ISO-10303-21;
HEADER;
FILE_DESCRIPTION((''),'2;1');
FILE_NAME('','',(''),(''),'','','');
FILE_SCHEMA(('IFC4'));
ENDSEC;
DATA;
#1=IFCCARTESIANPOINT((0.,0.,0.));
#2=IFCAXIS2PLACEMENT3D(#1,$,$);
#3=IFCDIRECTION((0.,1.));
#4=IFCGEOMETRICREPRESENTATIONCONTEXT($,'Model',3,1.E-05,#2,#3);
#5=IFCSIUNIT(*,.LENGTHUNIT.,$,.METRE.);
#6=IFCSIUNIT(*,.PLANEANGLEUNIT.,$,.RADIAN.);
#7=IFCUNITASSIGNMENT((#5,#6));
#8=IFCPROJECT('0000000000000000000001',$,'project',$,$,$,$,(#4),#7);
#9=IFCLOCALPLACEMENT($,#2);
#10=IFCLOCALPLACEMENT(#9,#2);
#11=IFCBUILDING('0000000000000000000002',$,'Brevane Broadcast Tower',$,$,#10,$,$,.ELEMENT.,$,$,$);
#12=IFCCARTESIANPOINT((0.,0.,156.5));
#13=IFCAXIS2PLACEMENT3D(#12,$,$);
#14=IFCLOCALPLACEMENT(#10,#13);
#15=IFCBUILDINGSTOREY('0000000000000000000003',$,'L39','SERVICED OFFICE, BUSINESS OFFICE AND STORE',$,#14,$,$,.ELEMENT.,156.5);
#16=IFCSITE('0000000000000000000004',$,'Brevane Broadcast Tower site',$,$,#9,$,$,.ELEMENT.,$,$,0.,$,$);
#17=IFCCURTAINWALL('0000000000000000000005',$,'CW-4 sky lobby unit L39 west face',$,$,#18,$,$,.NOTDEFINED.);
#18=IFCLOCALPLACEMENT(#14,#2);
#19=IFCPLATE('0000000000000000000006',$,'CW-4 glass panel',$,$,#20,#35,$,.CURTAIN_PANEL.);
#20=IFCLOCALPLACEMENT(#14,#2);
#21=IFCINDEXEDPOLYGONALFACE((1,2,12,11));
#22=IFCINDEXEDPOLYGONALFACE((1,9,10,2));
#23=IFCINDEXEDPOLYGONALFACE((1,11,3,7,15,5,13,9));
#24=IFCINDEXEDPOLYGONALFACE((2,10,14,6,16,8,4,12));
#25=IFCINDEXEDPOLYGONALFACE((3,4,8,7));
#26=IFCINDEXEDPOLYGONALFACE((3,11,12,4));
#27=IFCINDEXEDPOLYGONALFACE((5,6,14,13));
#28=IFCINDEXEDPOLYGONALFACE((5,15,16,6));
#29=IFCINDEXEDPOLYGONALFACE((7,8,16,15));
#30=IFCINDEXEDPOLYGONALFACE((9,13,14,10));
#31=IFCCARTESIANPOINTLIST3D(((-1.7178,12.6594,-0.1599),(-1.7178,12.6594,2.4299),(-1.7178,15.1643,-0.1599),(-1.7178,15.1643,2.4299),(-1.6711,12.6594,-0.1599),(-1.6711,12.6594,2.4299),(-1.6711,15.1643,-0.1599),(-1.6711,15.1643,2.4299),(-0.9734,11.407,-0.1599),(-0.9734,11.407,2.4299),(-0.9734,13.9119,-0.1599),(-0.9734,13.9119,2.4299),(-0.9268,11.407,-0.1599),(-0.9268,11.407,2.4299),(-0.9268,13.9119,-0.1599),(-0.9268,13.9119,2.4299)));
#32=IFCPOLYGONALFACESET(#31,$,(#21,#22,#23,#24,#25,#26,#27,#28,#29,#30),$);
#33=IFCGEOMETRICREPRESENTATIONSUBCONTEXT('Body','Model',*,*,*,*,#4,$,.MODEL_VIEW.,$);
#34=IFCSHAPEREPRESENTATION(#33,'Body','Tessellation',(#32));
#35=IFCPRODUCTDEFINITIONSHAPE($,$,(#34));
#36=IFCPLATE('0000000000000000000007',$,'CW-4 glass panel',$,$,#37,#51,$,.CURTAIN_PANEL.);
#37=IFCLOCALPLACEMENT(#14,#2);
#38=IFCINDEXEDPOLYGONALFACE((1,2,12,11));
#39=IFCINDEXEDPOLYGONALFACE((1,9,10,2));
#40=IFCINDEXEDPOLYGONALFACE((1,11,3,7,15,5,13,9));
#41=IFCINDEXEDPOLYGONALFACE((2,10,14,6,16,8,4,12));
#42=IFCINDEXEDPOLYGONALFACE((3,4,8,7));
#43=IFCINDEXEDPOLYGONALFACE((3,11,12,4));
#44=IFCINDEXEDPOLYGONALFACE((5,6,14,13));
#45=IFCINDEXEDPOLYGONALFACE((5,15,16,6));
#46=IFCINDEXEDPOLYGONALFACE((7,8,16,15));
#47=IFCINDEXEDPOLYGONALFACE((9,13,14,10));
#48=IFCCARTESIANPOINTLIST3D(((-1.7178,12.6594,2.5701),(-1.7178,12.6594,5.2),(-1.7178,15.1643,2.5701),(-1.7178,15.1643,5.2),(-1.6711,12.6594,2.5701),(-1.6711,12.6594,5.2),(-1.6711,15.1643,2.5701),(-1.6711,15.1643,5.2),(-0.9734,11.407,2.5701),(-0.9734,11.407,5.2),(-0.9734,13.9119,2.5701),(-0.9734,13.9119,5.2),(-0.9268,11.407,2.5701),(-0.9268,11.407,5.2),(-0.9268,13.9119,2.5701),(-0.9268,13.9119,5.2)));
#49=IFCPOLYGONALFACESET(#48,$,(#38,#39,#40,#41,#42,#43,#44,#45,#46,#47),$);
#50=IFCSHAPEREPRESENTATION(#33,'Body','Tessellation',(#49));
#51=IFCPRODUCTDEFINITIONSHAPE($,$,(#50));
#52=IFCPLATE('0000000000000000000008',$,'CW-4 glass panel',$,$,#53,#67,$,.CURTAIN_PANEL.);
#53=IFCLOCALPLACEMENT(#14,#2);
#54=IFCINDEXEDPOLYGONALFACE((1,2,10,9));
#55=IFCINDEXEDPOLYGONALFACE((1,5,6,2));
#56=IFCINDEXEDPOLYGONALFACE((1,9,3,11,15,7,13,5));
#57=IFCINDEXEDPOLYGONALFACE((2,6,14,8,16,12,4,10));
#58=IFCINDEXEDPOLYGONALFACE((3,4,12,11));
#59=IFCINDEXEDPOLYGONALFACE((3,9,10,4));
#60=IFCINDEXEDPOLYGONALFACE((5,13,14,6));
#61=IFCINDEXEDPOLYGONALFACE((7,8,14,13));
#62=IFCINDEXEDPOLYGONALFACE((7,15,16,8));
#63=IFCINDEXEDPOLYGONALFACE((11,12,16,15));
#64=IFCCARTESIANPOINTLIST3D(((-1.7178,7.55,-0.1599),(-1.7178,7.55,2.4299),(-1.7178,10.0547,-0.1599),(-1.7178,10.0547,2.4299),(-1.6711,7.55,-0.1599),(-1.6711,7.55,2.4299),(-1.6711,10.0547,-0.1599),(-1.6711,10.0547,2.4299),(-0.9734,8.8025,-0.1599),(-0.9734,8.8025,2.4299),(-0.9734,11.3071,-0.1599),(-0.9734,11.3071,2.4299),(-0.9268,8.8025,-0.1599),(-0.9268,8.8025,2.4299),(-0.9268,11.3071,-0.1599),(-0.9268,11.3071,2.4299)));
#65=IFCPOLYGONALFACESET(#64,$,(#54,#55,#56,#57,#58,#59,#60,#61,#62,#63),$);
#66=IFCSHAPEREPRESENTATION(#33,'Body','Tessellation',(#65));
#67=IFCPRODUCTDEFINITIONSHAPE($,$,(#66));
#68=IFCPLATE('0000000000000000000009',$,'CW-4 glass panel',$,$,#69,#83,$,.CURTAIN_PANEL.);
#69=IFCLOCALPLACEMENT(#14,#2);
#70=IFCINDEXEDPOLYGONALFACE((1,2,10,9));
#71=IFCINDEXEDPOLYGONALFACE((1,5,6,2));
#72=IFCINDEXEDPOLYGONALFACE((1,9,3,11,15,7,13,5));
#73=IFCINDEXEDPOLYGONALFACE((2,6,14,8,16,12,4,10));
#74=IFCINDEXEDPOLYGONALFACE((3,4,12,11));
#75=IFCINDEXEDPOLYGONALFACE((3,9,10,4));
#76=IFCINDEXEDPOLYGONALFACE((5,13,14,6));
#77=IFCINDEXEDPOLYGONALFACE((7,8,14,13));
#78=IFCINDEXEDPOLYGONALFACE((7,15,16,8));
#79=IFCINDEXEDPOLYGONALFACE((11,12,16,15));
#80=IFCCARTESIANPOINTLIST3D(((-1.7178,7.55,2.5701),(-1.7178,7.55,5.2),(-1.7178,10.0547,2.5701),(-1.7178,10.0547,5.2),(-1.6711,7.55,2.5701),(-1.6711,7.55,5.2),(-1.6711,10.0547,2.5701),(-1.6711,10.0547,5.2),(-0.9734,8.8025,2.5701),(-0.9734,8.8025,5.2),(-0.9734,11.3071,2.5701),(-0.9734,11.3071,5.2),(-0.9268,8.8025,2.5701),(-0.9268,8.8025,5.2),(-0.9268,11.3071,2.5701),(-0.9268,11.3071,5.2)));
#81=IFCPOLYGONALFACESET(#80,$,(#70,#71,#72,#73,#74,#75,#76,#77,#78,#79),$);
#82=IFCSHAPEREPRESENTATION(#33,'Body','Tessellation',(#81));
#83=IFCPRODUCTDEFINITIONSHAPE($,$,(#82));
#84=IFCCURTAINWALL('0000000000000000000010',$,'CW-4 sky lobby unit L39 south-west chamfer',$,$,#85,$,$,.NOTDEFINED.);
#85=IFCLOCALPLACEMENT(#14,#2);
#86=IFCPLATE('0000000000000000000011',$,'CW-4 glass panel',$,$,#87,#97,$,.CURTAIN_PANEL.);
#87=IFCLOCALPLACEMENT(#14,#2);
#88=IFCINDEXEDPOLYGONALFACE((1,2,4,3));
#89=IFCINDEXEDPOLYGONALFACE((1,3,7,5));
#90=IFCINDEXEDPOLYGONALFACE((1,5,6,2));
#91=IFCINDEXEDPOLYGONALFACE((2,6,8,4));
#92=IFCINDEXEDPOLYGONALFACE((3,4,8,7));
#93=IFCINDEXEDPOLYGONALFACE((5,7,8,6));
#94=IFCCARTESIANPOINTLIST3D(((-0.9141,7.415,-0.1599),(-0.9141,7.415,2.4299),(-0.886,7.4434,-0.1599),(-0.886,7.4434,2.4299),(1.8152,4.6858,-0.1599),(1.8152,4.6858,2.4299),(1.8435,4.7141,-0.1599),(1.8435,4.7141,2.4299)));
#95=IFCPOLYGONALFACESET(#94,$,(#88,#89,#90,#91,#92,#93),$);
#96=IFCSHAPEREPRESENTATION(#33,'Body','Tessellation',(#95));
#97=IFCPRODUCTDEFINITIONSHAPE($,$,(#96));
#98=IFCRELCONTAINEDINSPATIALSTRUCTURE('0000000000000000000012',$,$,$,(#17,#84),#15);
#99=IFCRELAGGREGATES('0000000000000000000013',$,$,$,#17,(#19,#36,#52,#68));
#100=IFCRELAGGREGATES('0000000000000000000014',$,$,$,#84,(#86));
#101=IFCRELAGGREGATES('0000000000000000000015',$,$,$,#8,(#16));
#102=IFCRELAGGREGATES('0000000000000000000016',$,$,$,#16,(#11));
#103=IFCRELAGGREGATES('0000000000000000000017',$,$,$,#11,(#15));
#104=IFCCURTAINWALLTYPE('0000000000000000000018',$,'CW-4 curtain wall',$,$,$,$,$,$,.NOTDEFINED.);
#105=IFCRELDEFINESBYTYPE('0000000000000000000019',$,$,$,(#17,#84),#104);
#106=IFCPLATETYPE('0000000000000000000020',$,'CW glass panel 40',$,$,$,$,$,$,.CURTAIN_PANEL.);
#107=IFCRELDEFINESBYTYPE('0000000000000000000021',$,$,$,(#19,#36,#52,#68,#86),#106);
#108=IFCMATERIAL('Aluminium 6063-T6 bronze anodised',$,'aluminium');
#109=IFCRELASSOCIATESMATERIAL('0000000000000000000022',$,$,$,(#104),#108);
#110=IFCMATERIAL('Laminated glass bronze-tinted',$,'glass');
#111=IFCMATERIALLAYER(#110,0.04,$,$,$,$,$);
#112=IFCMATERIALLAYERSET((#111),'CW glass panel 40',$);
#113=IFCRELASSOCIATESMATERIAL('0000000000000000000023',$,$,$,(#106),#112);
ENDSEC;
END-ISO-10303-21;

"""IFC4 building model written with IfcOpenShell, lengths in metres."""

from ifc_helpers import new_model, si_unit, direction, frame, origin, place, context, subcontext, project, spatial, polyline, outline, extrude, material, layer, layer_set, type_object, element, aggregate, save


model = new_model("IFC4")

# Units and contexts
model_context = context("Model", 3, precision=1e-05, world=origin(), true_north=direction((0.0, 1.0)))
body_context = subcontext(model_context, "Body", "Model", "MODEL_VIEW")
ifc_project = project(units=[si_unit("LENGTHUNIT", "METRE"), si_unit("PLANEANGLEUNIT", "RADIAN")], contexts=[model_context])

# Site, building, storey
site_placement = place(None, origin())
site = spatial("IfcSite", under=ifc_project, at=site_placement, Name="Brevane Broadcast Tower site", CompositionType="ELEMENT", RefElevation=0.0)
building_placement = place(site_placement, origin())
building = spatial("IfcBuilding", under=site, at=building_placement, Name="Brevane Broadcast Tower", CompositionType="ELEMENT")
storey_placement = place(building_placement, frame((0.0, 0.0, 156.5)))
storey = spatial("IfcBuildingStorey", under=building, at=storey_placement, Name="L39", Description="SERVICED OFFICE, BUSINESS OFFICE AND STORE", CompositionType="ELEMENT", Elevation=156.5)

# Curtain wall, plates
ifc_material_1 = material(Name="Aluminium 6063-T6 bronze anodised", Category="aluminium")
curtain_wall_type = type_object("IfcCurtainWallType", Name="CW-4 curtain wall", PredefinedType="NOTDEFINED", material=ifc_material_1)
ifc_material_2 = material(Name="Laminated glass bronze-tinted", Category="glass")
ifc_layer = layer(ifc_material_2, 0.04)
ifc_layer_set = layer_set([ifc_layer], Name="CW glass panel 40")
plate_type = type_object("IfcPlateType", Name="CW glass panel 40", PredefinedType="CURTAIN_PANEL", material=ifc_layer_set)
curtain_wall_1_placement = place(storey_placement, origin())
curtain_wall_1 = element("IfcCurtainWall", 1, at=curtain_wall_1_placement, inside=storey, type_object=curtain_wall_type, Name="CW-4 sky lobby unit L39 west face", PredefinedType="NOTDEFINED")
plate_1_placement = place(storey_placement, frame((0.0, 0.0, -0.1599)))
plate_1 = element("IfcPlate", 2, at=plate_1_placement, type_object=plate_type, Name="CW-4 glass panel", PredefinedType="CURTAIN_PANEL", context=body_context, shape_type="SweptSolid", body=[
    extrude(outline(polyline([(-1.6711, 15.1643), (-1.7178, 15.1643), (-0.9734, 13.9119), (-1.7178, 12.6594), (-0.9734, 11.407), (-0.9268, 11.407), (-1.6711, 12.6594), (-0.9268, 13.9119), (-1.6711, 15.1643)])), origin(), (0.0, 0.0, 1.0), 2.5898),
])
plate_2_placement = place(storey_placement, frame((0.0, 0.0, 2.5701)))
plate_2 = element("IfcPlate", 3, at=plate_2_placement, type_object=plate_type, Name="CW-4 glass panel", PredefinedType="CURTAIN_PANEL", context=body_context, shape_type="SweptSolid", body=[
    extrude(outline(polyline([(-1.6711, 15.1643), (-1.7178, 15.1643), (-0.9734, 13.9119), (-1.7178, 12.6594), (-0.9734, 11.407), (-0.9268, 11.407), (-1.6711, 12.6594), (-0.9268, 13.9119), (-1.6711, 15.1643)])), origin(), (0.0, 0.0, 1.0), 2.6299),
])
plate_3_placement = place(storey_placement, frame((0.0, 0.0, -0.1599)))
plate_3 = element("IfcPlate", 4, at=plate_3_placement, type_object=plate_type, Name="CW-4 glass panel", PredefinedType="CURTAIN_PANEL", context=body_context, shape_type="SweptSolid", body=[
    extrude(outline(polyline([(-0.9268, 11.3071), (-0.9734, 11.3071), (-1.7178, 10.0547), (-0.9734, 8.8025), (-1.7178, 7.55), (-1.6711, 7.55), (-0.9268, 8.8025), (-1.6711, 10.0547), (-0.9268, 11.3071)])), origin(), (0.0, 0.0, 1.0), 2.5898),
])
plate_4_placement = place(storey_placement, frame((0.0, 0.0, 2.5701)))
plate_4 = element("IfcPlate", 5, at=plate_4_placement, type_object=plate_type, Name="CW-4 glass panel", PredefinedType="CURTAIN_PANEL", context=body_context, shape_type="SweptSolid", body=[
    extrude(outline(polyline([(-0.9268, 11.3071), (-0.9734, 11.3071), (-1.7178, 10.0547), (-0.9734, 8.8025), (-1.7178, 7.55), (-1.6711, 7.55), (-0.9268, 8.8025), (-1.6711, 10.0547), (-0.9268, 11.3071)])), origin(), (0.0, 0.0, 1.0), 2.6299),
])
aggregate(curtain_wall_1, [plate_1, plate_2, plate_3, plate_4])

# Curtain wall, plate
curtain_wall_2_placement = place(storey_placement, origin())
curtain_wall_2 = element("IfcCurtainWall", 6, at=curtain_wall_2_placement, inside=storey, type_object=curtain_wall_type, Name="CW-4 sky lobby unit L39 south-west chamfer", PredefinedType="NOTDEFINED")
plate_5_placement = place(storey_placement, frame((0.0, 0.0, -0.1599)))
plate_5 = element("IfcPlate", 7, at=plate_5_placement, type_object=plate_type, Name="CW-4 glass panel", PredefinedType="CURTAIN_PANEL", context=body_context, shape_type="SweptSolid", body=[
    extrude(outline(polyline([(-0.886, 7.4434), (1.8435, 4.7141), (1.8152, 4.6858), (-0.9141, 7.415), (-0.886, 7.4434)])), origin(), (0.0, 0.0, 1.0), 2.5898),
])
aggregate(curtain_wall_2, [plate_5])

save(model, "model.ifc")
